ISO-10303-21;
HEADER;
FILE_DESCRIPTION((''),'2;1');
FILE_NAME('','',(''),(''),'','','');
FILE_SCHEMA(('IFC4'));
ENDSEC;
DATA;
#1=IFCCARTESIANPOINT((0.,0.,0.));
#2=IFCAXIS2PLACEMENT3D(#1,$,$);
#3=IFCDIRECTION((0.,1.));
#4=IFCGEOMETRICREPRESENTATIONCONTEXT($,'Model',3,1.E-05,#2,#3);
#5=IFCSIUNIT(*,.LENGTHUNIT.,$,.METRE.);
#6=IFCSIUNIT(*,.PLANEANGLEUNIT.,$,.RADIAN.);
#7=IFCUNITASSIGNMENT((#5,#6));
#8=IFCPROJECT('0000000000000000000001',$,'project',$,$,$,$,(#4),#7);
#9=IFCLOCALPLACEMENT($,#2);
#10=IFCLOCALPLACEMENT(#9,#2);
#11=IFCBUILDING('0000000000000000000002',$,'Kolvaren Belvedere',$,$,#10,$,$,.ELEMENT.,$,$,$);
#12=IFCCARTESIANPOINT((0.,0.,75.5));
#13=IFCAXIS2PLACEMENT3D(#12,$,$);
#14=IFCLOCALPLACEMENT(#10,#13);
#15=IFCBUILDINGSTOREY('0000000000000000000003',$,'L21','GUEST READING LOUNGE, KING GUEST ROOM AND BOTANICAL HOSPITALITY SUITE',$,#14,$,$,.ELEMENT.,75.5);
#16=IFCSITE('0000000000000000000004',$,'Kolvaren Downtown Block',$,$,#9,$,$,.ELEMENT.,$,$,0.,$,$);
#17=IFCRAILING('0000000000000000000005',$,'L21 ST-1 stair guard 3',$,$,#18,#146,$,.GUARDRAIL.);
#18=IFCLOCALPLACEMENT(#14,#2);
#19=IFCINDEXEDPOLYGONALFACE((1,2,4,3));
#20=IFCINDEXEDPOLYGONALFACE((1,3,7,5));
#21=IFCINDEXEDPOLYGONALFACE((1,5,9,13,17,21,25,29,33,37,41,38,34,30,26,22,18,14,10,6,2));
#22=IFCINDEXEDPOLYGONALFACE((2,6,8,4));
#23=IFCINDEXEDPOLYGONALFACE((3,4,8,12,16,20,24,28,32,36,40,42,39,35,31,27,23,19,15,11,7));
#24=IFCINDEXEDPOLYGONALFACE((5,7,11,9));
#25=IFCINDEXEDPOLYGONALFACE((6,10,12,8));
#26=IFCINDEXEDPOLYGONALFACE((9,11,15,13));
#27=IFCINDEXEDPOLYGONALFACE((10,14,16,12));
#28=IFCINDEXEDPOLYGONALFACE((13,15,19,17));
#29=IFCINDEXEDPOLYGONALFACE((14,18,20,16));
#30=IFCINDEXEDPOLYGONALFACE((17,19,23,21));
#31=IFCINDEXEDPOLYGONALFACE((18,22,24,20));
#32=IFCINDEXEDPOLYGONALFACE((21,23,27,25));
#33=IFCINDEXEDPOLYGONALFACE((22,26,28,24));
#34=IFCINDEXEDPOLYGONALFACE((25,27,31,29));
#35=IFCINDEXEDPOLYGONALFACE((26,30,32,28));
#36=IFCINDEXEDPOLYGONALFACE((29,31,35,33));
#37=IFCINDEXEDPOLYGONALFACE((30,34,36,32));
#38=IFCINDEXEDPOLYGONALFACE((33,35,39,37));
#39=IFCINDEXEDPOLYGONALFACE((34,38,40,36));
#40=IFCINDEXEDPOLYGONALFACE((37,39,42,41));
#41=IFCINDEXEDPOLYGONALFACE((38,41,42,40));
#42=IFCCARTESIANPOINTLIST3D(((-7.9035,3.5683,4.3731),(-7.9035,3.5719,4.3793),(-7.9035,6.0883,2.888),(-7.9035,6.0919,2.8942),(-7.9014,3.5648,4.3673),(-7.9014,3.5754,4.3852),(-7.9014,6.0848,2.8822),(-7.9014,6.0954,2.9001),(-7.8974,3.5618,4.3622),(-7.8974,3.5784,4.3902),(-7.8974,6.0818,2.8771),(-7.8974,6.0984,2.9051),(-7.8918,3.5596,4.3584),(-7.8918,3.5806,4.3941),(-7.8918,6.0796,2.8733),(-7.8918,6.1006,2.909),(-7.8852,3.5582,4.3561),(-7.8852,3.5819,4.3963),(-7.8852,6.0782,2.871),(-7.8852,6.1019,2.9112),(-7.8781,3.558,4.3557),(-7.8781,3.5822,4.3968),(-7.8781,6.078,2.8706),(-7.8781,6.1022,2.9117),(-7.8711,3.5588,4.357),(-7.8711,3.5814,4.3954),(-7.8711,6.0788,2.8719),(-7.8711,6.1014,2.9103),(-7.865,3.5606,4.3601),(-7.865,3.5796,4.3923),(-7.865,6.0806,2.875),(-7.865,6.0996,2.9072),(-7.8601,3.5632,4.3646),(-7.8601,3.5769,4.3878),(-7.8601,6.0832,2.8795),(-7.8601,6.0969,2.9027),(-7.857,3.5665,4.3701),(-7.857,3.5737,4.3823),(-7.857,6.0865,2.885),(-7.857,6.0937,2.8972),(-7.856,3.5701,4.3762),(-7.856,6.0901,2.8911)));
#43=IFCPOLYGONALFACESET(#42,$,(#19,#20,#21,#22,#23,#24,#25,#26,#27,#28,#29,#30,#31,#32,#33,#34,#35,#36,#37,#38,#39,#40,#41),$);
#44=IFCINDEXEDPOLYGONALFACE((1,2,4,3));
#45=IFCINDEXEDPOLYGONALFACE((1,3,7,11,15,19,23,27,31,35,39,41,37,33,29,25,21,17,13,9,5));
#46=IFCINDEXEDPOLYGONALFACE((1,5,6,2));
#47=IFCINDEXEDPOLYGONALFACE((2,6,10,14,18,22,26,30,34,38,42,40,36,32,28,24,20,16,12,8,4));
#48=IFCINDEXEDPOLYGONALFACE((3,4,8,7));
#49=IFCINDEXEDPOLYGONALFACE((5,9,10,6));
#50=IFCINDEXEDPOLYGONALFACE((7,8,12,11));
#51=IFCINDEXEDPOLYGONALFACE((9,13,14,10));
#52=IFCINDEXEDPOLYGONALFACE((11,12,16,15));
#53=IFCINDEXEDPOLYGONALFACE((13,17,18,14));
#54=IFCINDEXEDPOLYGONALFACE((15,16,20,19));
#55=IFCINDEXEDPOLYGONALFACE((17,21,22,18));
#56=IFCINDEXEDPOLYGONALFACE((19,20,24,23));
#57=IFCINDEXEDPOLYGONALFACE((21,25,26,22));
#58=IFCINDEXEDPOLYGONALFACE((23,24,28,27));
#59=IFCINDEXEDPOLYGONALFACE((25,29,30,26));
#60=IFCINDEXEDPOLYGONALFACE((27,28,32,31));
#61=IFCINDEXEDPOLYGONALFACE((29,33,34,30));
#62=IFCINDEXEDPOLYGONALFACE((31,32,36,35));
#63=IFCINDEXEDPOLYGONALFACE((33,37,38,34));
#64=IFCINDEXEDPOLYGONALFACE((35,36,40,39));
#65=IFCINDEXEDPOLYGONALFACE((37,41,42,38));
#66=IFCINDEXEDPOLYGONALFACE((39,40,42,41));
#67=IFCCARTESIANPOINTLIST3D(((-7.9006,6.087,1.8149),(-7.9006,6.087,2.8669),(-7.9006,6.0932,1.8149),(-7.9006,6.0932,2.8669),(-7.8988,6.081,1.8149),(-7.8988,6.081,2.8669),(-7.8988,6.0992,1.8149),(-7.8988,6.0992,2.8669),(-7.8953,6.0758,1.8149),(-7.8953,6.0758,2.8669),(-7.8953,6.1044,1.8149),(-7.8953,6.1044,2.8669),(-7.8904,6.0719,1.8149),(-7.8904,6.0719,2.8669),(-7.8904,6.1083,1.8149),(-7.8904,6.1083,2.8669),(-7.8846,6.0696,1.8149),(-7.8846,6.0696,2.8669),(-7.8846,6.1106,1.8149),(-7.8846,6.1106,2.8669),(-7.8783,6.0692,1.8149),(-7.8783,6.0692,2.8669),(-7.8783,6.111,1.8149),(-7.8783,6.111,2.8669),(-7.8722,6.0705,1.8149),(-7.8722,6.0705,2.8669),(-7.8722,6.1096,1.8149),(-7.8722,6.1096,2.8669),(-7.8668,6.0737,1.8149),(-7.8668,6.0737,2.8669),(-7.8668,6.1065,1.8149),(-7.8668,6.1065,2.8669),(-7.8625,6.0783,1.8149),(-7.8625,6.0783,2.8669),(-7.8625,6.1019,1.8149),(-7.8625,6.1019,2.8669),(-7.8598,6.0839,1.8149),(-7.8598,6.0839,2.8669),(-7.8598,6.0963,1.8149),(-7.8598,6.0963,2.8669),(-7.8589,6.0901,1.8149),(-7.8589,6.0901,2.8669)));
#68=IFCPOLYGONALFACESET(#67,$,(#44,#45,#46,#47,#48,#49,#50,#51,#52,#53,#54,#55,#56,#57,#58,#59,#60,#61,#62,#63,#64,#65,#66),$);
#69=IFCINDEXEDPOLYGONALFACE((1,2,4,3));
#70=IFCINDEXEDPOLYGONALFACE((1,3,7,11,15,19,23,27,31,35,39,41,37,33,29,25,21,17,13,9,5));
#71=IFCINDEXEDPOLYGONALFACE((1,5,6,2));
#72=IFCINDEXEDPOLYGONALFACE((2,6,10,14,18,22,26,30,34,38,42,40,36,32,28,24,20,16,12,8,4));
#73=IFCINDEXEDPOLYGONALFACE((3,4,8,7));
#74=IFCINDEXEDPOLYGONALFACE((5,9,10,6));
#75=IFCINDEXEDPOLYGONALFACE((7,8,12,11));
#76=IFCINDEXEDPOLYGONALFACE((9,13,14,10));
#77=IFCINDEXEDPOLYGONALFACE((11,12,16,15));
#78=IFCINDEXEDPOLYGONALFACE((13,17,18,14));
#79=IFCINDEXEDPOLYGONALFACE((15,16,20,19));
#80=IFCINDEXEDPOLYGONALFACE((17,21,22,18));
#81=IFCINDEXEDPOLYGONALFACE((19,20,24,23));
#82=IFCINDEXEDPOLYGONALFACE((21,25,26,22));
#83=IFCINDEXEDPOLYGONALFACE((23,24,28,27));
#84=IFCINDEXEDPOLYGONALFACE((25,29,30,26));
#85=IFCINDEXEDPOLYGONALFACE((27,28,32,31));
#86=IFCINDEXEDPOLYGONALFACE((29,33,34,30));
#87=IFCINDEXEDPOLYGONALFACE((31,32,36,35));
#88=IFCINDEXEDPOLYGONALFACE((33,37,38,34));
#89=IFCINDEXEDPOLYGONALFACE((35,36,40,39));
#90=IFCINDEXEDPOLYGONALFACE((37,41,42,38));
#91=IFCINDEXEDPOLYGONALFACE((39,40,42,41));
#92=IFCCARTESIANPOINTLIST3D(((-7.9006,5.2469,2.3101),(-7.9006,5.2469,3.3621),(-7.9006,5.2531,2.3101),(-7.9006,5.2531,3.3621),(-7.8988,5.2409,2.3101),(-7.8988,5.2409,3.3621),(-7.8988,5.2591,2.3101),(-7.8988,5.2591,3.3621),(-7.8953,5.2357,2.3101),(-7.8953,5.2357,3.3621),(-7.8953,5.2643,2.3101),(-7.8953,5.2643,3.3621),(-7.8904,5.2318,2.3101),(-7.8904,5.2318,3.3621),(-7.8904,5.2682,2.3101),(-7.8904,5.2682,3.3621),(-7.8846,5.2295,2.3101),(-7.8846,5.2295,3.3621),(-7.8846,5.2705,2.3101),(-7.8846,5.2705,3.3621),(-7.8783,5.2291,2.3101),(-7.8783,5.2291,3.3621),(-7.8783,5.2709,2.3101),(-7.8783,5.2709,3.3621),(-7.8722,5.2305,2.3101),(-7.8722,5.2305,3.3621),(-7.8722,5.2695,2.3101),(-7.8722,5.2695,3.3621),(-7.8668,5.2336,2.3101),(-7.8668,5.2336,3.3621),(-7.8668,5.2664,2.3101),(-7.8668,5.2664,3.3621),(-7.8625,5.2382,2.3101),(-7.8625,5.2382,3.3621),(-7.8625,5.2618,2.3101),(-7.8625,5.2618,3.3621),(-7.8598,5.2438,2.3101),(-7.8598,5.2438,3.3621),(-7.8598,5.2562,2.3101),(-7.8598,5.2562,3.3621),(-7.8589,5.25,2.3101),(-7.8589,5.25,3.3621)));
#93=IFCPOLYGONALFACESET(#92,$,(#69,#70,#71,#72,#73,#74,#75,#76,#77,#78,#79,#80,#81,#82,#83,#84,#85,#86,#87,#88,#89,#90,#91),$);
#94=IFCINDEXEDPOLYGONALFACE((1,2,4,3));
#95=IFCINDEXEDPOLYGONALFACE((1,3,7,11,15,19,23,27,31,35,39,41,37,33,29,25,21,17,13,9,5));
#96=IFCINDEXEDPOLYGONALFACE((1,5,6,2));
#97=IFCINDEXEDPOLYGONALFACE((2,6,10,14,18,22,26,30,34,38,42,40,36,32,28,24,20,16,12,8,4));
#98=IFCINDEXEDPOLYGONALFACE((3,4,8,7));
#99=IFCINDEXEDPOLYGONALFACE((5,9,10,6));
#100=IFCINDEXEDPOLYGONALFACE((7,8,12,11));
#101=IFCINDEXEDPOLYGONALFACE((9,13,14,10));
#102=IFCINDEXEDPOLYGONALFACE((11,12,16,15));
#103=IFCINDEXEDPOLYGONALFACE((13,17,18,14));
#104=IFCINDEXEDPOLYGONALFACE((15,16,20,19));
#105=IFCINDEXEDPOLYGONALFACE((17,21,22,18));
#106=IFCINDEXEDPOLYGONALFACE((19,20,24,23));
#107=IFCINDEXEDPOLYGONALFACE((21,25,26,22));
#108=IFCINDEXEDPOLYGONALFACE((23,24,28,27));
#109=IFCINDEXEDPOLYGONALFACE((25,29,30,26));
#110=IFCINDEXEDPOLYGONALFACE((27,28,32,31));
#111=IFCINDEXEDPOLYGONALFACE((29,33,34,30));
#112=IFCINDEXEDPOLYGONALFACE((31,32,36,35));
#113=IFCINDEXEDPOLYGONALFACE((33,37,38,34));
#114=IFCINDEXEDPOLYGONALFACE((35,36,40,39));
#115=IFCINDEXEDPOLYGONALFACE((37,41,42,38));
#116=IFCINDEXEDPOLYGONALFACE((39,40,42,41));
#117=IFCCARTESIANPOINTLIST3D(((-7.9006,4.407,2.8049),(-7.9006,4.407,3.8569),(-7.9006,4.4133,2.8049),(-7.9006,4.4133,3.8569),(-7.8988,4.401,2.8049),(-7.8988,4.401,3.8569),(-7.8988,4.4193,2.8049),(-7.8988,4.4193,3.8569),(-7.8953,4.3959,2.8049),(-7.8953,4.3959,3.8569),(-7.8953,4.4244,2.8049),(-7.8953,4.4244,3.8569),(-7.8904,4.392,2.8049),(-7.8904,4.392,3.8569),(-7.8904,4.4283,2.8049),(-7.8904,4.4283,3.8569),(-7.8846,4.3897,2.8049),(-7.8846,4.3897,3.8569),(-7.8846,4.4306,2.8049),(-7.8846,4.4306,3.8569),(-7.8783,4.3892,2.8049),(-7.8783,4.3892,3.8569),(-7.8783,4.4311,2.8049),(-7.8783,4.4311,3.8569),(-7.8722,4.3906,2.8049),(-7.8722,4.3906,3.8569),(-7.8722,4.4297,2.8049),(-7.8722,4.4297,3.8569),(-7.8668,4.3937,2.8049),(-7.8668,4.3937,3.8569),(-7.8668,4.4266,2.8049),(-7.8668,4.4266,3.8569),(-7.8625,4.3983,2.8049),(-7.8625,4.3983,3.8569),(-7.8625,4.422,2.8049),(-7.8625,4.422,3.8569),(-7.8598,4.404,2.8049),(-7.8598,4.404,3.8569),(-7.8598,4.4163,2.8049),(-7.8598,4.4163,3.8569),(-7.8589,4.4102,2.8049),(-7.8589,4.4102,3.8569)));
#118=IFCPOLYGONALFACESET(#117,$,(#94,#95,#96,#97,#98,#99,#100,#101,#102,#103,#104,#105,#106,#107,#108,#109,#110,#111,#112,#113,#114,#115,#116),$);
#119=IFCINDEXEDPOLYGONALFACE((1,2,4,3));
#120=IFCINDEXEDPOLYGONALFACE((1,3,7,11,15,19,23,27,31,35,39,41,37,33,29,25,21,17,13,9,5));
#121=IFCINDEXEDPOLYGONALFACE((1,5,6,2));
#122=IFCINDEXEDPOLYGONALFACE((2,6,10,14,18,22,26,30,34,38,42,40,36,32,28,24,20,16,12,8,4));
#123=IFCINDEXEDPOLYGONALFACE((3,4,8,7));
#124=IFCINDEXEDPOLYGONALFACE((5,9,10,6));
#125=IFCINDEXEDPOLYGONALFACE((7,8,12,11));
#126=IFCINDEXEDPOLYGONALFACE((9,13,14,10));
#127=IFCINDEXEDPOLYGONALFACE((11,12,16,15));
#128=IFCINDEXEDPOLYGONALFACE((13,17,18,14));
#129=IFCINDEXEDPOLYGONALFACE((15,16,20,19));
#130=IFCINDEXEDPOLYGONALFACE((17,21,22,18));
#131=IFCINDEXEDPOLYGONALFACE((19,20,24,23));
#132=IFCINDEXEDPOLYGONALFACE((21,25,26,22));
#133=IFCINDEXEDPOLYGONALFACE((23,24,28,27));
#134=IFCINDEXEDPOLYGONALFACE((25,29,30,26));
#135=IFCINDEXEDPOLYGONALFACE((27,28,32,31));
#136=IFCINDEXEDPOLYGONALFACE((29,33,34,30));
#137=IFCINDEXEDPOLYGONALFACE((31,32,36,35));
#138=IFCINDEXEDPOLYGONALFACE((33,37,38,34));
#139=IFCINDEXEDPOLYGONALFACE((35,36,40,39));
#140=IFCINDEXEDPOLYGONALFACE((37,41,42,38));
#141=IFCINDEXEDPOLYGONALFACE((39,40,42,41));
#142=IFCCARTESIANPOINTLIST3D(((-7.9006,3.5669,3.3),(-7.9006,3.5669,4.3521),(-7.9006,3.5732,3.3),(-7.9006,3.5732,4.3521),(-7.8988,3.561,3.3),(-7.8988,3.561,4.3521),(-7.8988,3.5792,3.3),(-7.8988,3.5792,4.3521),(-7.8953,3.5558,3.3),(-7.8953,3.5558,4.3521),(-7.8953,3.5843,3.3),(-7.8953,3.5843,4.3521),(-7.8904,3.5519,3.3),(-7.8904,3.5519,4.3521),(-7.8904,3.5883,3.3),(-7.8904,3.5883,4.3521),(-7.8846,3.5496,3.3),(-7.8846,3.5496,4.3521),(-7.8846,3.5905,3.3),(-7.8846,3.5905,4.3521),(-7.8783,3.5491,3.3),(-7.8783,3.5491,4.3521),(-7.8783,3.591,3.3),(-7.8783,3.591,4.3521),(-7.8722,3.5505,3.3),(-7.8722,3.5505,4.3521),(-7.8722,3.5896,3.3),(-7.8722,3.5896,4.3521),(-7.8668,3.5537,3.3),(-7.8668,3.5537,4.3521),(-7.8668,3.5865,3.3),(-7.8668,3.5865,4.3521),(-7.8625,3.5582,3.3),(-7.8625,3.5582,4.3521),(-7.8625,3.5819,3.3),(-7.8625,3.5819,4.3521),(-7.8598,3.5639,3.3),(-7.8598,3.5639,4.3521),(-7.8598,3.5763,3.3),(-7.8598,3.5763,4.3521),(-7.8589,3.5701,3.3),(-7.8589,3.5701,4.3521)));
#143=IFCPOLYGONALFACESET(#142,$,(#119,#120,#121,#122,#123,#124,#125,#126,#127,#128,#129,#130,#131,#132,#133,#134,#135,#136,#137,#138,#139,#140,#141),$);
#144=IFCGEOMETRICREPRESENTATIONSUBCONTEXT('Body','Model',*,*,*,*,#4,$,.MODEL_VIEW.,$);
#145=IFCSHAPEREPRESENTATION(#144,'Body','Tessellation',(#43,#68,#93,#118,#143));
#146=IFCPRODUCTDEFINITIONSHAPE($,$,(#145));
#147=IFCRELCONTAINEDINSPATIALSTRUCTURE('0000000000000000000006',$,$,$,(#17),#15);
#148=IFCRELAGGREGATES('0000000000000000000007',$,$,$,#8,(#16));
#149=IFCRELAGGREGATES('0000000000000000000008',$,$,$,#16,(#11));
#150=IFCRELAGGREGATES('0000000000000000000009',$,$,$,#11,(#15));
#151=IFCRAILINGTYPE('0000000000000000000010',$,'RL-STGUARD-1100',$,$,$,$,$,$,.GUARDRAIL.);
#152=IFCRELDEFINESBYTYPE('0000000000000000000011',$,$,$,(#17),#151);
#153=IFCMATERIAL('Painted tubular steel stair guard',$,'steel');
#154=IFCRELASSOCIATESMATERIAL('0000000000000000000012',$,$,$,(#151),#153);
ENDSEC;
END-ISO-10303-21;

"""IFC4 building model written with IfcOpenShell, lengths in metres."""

from ifc_helpers import new_model, si_unit, direction, frame, origin, origin_2d, place, context, subcontext, project, spatial, circle, extrude, material, type_object, element, save


model = new_model("IFC4")

# Units and contexts
model_context = context("Model", 3, precision=1e-05, world=origin(), true_north=direction((0.0, 1.0)))
body_context = subcontext(model_context, "Body", "Model", "MODEL_VIEW")
ifc_project = project(units=[si_unit("LENGTHUNIT", "METRE"), si_unit("PLANEANGLEUNIT", "RADIAN")], contexts=[model_context])

# Site, building, storey
site_placement = place(None, origin())
site = spatial("IfcSite", under=ifc_project, at=site_placement, Name="Kolvaren Downtown Block", CompositionType="ELEMENT", RefElevation=0.0)
building_placement = place(site_placement, origin())
building = spatial("IfcBuilding", under=site, at=building_placement, Name="Kolvaren Belvedere", CompositionType="ELEMENT")
storey_placement = place(building_placement, frame((0.0, 0.0, 75.5)))
storey = spatial("IfcBuildingStorey", under=building, at=storey_placement, Name="L21", Description="GUEST READING LOUNGE, KING GUEST ROOM AND BOTANICAL HOSPITALITY SUITE", CompositionType="ELEMENT", Elevation=75.5)

# Railing
ifc_material_1 = material(Name="Painted tubular steel stair guard", Category="steel")
railing_type_1 = type_object("IfcRailingType", Name="RL-STGUARD-1100", PredefinedType="GUARDRAIL", material=ifc_material_1)
railing_1_placement = place(storey_placement, frame((-7.8799, 6.0901, 1.8149)))
element("IfcRailing", 1, at=railing_1_placement, inside=storey, type_object=railing_type_1, Name="L21 ST-1 stair guard 3", PredefinedType="GUARDRAIL", context=body_context, shape_type="SweptSolid", body=[
    extrude(circle(Radius=0.0239, at=origin_2d()), frame((0.0, 0.0, 1.0762), z_axis=(0.0, -0.861524, 0.507717), x_axis=(1.0, 0.0, 0.0)), (0.0, 0.0, 1.0), 2.925),
    extrude(circle(Radius=0.021, at=origin_2d()), origin(), (0.0, 0.0, 1.0), 1.052),
    extrude(circle(Radius=0.021, at=origin_2d()), frame((0.0, -0.8401, 0.4951)), (0.0, 0.0, 1.0), 1.052),
    extrude(circle(Radius=0.021, at=origin_2d()), frame((0.0, -1.6799, 0.99)), (0.0, 0.0, 1.0), 1.052),
    extrude(circle(Radius=0.021, at=origin_2d()), frame((0.0, -2.52, 1.4851)), (0.0, 0.0, 1.0), 1.052),
])

save(model, "model.ifc")
